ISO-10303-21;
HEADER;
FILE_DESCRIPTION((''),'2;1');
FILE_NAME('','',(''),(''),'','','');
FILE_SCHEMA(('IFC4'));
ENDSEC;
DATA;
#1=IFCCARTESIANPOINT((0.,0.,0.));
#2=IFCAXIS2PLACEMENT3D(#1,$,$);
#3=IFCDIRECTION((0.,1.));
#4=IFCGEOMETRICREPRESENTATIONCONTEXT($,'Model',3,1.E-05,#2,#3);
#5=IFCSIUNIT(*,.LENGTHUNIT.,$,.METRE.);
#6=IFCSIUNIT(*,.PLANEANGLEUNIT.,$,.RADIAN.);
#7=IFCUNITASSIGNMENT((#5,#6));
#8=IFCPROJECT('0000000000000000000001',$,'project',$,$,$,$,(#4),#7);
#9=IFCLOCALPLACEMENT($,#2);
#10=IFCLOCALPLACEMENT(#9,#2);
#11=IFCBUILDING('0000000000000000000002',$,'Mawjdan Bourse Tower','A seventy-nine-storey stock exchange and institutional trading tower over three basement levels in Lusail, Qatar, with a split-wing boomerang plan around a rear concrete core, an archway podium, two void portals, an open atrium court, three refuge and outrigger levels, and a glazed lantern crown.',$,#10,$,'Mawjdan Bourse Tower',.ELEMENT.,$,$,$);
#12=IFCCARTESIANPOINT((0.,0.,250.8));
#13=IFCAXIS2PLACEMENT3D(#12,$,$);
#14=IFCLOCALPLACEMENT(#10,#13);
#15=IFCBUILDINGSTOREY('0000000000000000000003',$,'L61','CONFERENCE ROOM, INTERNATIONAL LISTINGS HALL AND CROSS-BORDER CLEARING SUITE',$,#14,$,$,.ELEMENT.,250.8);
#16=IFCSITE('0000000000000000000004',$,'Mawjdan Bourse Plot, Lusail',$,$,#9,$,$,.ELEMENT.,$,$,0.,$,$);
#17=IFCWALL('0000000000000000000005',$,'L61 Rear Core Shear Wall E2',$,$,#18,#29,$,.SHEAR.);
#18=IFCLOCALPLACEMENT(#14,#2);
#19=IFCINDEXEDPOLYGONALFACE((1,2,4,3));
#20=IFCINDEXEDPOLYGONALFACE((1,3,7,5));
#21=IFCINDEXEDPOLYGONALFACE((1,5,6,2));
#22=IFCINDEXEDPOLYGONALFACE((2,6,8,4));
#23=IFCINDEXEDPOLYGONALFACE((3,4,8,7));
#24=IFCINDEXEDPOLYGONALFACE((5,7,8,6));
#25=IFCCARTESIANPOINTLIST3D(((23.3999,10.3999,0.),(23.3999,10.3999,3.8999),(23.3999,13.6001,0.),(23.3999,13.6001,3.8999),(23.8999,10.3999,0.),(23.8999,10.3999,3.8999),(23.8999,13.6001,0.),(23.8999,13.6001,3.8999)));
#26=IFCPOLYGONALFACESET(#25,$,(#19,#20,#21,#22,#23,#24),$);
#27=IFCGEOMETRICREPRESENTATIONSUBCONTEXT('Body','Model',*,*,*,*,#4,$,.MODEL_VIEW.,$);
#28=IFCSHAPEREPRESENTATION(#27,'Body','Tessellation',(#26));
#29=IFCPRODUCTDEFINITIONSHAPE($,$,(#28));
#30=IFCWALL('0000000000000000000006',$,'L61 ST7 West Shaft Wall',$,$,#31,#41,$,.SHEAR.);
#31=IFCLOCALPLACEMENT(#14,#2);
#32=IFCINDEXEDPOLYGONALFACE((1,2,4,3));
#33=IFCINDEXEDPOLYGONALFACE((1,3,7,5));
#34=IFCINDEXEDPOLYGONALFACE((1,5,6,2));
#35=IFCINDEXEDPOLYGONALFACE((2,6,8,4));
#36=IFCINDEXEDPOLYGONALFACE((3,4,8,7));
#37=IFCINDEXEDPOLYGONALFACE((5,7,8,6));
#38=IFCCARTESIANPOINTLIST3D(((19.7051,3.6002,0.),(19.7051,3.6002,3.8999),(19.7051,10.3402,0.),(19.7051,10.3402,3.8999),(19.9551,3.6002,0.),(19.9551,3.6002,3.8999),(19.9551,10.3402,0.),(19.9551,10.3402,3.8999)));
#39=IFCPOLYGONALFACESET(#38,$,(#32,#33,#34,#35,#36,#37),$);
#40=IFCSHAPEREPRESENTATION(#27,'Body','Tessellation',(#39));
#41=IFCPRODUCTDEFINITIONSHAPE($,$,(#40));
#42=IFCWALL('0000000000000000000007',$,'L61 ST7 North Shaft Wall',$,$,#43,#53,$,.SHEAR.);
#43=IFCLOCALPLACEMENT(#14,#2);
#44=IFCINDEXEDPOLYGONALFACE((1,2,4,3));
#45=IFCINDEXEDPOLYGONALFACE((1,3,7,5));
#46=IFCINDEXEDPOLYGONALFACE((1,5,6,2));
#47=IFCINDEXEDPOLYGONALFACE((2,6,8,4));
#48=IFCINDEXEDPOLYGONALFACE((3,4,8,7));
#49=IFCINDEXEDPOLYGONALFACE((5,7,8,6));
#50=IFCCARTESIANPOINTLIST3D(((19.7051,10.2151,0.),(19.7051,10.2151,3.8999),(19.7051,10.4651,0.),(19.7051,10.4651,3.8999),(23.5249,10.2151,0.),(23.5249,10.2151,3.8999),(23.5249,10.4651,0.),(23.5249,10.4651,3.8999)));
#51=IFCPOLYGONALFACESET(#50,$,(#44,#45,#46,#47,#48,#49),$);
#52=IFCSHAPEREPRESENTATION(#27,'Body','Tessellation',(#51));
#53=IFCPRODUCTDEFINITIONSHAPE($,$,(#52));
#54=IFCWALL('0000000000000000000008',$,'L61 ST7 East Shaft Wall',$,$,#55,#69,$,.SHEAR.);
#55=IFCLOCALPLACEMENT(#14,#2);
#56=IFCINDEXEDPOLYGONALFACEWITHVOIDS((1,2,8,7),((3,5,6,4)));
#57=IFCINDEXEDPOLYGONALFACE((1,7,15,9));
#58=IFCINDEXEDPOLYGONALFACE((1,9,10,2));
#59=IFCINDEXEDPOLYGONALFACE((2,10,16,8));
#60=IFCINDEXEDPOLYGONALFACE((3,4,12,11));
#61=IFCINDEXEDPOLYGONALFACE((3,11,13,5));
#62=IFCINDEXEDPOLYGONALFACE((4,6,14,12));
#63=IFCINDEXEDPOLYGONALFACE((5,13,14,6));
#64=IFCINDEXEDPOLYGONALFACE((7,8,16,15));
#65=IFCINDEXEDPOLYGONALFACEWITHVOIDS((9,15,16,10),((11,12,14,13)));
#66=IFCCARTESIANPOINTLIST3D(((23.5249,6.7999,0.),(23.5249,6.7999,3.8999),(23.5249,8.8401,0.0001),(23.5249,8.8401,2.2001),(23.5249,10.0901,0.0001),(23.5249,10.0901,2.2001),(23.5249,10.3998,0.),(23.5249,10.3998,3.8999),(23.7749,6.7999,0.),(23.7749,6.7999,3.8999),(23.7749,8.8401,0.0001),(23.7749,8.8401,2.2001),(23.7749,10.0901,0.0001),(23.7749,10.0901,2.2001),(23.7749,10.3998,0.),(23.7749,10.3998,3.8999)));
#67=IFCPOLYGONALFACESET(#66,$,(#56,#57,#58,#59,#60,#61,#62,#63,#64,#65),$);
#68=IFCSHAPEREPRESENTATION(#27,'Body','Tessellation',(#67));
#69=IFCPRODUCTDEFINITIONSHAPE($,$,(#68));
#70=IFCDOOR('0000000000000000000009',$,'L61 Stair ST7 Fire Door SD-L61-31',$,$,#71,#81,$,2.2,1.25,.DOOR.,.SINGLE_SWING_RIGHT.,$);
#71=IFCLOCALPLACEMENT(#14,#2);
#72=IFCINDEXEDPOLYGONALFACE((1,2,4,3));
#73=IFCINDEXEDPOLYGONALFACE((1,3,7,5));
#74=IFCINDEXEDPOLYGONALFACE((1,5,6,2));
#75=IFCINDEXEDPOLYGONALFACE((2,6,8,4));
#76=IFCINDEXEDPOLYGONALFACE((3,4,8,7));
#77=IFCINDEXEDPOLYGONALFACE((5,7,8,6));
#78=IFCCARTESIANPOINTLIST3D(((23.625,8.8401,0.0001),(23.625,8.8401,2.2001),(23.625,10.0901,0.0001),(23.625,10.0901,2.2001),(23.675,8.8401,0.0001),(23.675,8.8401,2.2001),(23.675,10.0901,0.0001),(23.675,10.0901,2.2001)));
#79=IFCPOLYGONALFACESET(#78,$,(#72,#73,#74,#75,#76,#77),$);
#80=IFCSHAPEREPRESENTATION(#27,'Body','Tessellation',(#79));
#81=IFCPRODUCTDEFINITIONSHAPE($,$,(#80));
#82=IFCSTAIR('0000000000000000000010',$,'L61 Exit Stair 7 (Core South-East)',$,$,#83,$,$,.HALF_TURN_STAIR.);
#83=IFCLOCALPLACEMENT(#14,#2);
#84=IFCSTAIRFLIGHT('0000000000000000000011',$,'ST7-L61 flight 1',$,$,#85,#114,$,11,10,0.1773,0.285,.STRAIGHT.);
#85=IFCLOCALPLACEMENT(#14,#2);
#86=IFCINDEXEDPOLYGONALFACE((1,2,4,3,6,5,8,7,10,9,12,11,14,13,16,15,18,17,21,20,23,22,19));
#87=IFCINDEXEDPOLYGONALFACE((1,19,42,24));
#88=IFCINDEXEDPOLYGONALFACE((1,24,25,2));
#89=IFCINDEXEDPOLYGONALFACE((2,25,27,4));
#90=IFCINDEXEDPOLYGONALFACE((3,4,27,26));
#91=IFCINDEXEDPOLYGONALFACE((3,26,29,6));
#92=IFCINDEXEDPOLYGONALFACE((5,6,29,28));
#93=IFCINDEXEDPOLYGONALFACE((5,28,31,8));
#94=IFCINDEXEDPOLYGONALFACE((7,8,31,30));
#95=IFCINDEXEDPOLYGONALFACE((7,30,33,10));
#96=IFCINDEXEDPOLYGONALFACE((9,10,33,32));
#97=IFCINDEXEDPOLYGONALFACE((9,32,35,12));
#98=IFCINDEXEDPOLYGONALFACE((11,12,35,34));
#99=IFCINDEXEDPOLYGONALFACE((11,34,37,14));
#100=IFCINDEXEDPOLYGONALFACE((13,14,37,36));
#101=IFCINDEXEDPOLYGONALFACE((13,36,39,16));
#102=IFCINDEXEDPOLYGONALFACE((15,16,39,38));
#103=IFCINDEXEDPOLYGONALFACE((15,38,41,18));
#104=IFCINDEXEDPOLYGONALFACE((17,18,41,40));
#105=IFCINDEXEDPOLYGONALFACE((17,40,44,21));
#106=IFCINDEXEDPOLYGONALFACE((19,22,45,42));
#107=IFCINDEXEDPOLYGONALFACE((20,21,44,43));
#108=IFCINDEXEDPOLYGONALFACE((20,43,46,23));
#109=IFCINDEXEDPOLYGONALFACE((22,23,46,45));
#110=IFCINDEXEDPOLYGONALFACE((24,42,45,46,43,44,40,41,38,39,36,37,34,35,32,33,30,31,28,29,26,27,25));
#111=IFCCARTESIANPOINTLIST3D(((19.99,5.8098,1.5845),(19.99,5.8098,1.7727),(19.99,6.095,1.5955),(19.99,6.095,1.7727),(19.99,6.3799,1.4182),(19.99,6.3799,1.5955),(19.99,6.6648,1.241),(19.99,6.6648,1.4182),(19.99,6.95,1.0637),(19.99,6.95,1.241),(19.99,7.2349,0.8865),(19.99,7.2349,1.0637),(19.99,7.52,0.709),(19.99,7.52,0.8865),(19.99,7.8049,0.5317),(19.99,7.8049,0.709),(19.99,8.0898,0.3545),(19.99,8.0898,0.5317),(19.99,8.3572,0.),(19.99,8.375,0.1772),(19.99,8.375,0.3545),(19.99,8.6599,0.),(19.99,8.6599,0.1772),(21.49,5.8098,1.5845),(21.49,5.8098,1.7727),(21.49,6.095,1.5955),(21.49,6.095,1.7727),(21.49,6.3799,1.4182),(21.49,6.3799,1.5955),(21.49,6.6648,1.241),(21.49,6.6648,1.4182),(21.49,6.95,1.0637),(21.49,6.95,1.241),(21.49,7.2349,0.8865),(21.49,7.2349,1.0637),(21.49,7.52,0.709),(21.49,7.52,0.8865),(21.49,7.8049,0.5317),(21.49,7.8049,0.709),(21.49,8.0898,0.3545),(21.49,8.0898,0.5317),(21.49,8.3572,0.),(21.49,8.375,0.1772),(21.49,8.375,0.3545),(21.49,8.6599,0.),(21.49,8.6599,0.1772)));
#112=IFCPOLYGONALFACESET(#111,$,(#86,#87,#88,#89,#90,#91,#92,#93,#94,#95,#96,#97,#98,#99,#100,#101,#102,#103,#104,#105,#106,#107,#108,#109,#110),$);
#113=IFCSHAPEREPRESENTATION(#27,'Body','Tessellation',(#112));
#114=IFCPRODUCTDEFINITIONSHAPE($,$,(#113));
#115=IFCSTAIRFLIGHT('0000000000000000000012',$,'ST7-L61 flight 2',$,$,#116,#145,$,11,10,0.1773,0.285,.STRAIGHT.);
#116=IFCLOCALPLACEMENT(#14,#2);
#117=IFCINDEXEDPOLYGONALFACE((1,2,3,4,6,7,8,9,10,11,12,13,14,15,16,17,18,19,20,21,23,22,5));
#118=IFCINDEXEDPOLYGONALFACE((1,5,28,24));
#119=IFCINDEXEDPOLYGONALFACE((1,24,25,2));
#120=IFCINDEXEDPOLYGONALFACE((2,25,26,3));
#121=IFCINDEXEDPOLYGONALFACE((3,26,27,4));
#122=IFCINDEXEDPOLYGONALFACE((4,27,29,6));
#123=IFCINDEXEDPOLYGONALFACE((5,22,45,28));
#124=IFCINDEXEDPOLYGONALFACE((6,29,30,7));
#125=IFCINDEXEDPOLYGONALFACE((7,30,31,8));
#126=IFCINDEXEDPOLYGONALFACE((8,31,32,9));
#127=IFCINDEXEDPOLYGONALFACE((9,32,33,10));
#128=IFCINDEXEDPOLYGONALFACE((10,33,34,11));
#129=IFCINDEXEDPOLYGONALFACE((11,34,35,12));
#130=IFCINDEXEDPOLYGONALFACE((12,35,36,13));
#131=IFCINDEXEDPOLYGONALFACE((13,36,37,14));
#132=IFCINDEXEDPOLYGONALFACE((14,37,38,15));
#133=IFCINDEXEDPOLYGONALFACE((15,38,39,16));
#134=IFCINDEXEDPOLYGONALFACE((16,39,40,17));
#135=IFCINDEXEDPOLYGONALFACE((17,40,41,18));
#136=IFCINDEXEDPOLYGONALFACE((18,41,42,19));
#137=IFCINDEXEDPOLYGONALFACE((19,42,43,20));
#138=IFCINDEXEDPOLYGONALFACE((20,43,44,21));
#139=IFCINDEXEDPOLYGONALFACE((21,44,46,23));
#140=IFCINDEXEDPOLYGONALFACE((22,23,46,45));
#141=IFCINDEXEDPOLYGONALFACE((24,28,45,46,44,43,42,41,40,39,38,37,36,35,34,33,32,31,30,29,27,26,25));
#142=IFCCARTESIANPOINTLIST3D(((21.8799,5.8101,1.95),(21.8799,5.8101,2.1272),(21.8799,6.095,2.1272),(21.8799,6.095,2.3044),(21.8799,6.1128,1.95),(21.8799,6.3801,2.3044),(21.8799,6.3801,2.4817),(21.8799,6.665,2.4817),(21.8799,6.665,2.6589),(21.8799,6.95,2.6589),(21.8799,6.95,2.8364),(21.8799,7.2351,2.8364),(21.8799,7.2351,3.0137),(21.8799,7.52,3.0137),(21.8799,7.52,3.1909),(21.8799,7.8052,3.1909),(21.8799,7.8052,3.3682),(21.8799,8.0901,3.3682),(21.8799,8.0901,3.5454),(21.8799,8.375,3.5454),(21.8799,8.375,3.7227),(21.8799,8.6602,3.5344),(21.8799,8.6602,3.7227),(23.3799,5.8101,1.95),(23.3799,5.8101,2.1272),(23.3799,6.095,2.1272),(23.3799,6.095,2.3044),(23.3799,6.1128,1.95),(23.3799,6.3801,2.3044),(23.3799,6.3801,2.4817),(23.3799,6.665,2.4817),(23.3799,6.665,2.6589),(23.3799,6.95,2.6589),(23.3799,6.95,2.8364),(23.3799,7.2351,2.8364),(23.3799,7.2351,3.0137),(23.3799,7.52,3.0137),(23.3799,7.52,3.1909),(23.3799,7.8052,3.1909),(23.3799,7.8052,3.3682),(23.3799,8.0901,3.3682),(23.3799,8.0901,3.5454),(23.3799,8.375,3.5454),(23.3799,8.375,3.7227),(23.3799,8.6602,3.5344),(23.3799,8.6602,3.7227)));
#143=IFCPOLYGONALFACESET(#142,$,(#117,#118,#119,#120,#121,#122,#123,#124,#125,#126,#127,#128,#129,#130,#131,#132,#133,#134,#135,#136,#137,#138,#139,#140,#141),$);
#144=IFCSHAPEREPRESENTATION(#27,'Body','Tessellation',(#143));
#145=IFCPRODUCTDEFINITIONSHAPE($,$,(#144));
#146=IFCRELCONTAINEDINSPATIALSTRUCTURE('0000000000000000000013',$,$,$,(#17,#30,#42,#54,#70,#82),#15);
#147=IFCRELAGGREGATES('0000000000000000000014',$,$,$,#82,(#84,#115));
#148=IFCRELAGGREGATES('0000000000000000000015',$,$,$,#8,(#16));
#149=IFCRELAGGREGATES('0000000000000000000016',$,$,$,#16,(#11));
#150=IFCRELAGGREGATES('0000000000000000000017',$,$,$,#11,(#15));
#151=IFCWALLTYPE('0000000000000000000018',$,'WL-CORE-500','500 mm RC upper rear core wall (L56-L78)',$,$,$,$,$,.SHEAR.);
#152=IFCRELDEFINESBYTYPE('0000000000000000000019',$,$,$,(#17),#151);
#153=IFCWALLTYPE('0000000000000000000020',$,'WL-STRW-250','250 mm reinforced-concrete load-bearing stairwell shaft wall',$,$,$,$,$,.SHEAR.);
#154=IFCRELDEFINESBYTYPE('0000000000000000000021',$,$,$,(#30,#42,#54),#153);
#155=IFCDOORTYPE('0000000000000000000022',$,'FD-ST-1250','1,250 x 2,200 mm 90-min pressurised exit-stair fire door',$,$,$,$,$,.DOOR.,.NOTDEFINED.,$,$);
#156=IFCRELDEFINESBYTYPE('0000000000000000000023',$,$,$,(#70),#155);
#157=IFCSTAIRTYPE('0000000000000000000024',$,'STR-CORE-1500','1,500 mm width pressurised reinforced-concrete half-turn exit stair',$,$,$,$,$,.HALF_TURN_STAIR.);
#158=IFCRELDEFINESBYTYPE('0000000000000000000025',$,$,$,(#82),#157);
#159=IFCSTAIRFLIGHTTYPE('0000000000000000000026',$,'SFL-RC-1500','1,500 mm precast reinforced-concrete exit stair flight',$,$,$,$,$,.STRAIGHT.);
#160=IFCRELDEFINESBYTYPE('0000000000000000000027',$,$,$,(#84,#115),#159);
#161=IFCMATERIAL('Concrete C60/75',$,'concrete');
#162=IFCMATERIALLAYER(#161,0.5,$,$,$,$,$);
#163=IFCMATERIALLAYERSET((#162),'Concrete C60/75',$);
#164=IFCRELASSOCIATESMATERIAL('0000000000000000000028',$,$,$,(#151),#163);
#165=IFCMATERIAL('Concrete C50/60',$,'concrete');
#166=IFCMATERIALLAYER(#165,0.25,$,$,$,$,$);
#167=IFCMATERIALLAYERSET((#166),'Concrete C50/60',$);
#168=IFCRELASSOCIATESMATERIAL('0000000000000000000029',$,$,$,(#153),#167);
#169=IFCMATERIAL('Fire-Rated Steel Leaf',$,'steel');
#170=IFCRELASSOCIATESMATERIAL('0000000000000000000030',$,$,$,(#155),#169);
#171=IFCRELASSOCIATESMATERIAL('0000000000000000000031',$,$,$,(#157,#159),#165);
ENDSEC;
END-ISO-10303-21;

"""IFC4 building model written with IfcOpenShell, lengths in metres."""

from ifc_helpers import new_model, si_unit, direction, frame, frame_2d, origin, place, context, subcontext, project, spatial, polyline, rectangle, outline, extrude, material, layer, layer_set, type_object, element, fill, aggregate, save


model = new_model("IFC4")

# Units and contexts
model_context = context("Model", 3, precision=1e-05, world=origin(), true_north=direction((0.0, 1.0)))
body_context = subcontext(model_context, "Body", "Model", "MODEL_VIEW")
ifc_project = project(units=[si_unit("LENGTHUNIT", "METRE"), si_unit("PLANEANGLEUNIT", "RADIAN")], contexts=[model_context])

# Site, building, storey
site_placement = place(None, origin())
site = spatial("IfcSite", under=ifc_project, at=site_placement, Name="Mawjdan Bourse Plot, Lusail", CompositionType="ELEMENT", RefElevation=0.0)
building_placement = place(site_placement, origin())
building = spatial("IfcBuilding", under=site, at=building_placement, Name="Mawjdan Bourse Tower", Description="A seventy-nine-storey stock exchange and institutional trading tower over three basement levels in Lusail, Qatar, with a split-wing boomerang plan around a rear concrete core, an archway podium, two void portals, an open atrium court, three refuge and outrigger levels, and a glazed lantern crown.", LongName="Mawjdan Bourse Tower", CompositionType="ELEMENT")
storey_placement = place(building_placement, frame((0.0, 0.0, 250.8)))
storey = spatial("IfcBuildingStorey", under=building, at=storey_placement, Name="L61", Description="CONFERENCE ROOM, INTERNATIONAL LISTINGS HALL AND CROSS-BORDER CLEARING SUITE", CompositionType="ELEMENT", Elevation=250.8)

# Shared definitions
ifc_material_1 = material(Name="Concrete C60/75", Category="concrete")

# Walls
ifc_layer_1 = layer(ifc_material_1, 0.5)
ifc_layer_set_1 = layer_set([ifc_layer_1], Name="Concrete C60/75")
wall_type_1 = type_object("IfcWallType", Name="WL-CORE-500", Description="500 mm RC upper rear core wall (L56-L78)", PredefinedType="SHEAR", material=ifc_layer_set_1)
wall_1_placement = place(storey_placement, frame((23.6499, 10.3999, 0.0), z_axis=(0.0, 0.0, 1.0), x_axis=(0.0, 1.0, 0.0)))
element("IfcWall", 1, at=wall_1_placement, inside=storey, type_object=wall_type_1, Name="L61 Rear Core Shear Wall E2", PredefinedType="SHEAR", context=body_context, shape_type="SweptSolid", body=[
    extrude(rectangle(XDim=3.2002, YDim=0.5, at=frame_2d((1.6001, 0.0))), origin(), (0.0, 0.0, 1.0), 3.8999),
])
ifc_material_2 = material(Name="Concrete C50/60", Category="concrete")
ifc_layer_2 = layer(ifc_material_2, 0.25)
ifc_layer_set_2 = layer_set([ifc_layer_2], Name="Concrete C50/60")
wall_type_2 = type_object("IfcWallType", Name="WL-STRW-250", Description="250 mm reinforced-concrete load-bearing stairwell shaft wall", PredefinedType="SHEAR", material=ifc_layer_set_2)
wall_2_placement = place(storey_placement, frame((19.8301, 3.6001, 0.0), z_axis=(0.0, 0.0, 1.0), x_axis=(0.0, 1.0, 0.0)))
element("IfcWall", 2, at=wall_2_placement, inside=storey, type_object=wall_type_2, Name="L61 ST7 West Shaft Wall", PredefinedType="SHEAR", context=body_context, shape_type="SweptSolid", body=[
    extrude(rectangle(XDim=6.74, YDim=0.25, at=frame_2d((3.3701, 0.0))), origin(), (0.0, 0.0, 1.0), 3.8999),
])
wall_3_placement = place(storey_placement, frame((19.7051, 10.3401, 0.0), z_axis=(0.0, 0.0, 1.0), x_axis=(1.0, 0.0, 0.0)))
element("IfcWall", 3, at=wall_3_placement, inside=storey, type_object=wall_type_2, Name="L61 ST7 North Shaft Wall", PredefinedType="SHEAR", context=body_context, shape_type="SweptSolid", body=[
    extrude(rectangle(XDim=3.8198, YDim=0.25, at=frame_2d((1.9099, 0.0))), origin(), (0.0, 0.0, 1.0), 3.8999),
])

# Wall, opening, door
wall_4_placement = place(storey_placement, frame((23.6499, 6.8, 0.0), z_axis=(0.0, 0.0, 1.0), x_axis=(0.0, 1.0, 0.0)))
wall_4 = element("IfcWall", 4, at=wall_4_placement, inside=storey, type_object=wall_type_2, Name="L61 ST7 East Shaft Wall", PredefinedType="SHEAR", context=body_context, shape_type="SweptSolid", body=[
    extrude(rectangle(XDim=3.5999, YDim=0.25, at=frame_2d((1.7998, 0.0))), origin(), (0.0, 0.0, 1.0), 3.8999),
])
opening_1_placement = place(wall_4_placement, frame((2.04, 0.0, 0.0)))
opening_1 = element("IfcOpeningElement", 5, at=opening_1_placement, cuts=wall_4, PredefinedType="OPENING", context=body_context, shape_type="SweptSolid", body=[
    extrude(rectangle(XDim=1.25, YDim=2.2, at=frame_2d((0.625, 1.1001))), frame((0.0, 0.135, 0.0), z_axis=(0.0, -1.0, 0.0), x_axis=(1.0, 0.0, 0.0)), (0.0, 0.0, 1.0), 0.27),
])
ifc_material_3 = material(Name="Fire-Rated Steel Leaf", Category="steel")
door_type_1 = type_object("IfcDoorType", Name="FD-ST-1250", Description="1,250 x 2,200 mm 90-min pressurised exit-stair fire door", OperationType="NOTDEFINED", PredefinedType="DOOR", material=ifc_material_3)
door_1_placement = place(opening_1_placement, origin())
door_1 = element("IfcDoor", 6, at=door_1_placement, inside=storey, type_object=door_type_1, Name="L61 Stair ST7 Fire Door SD-L61-31", OperationType="SINGLE_SWING_RIGHT", OverallHeight=2.2, OverallWidth=1.25, PredefinedType="DOOR", context=body_context, shape_type="SweptSolid", body=[
    extrude(rectangle(XDim=1.25, YDim=2.2, at=frame_2d((0.625, 1.1001))), frame((0.0, 0.0249, 0.0), z_axis=(0.0, -1.0, 0.0), x_axis=(1.0, 0.0, 0.0)), (0.0, 0.0, 1.0), 0.05),
])
fill(opening_1, door_1)

# Stair, stair flights
stair_type = type_object("IfcStairType", Name="STR-CORE-1500", Description="1,500 mm width pressurised reinforced-concrete half-turn exit stair", PredefinedType="HALF_TURN_STAIR", material=ifc_material_2)
stair_placement = place(storey_placement, origin())
stair = element("IfcStair", 7, at=stair_placement, inside=storey, type_object=stair_type, Name="L61 Exit Stair 7 (Core South-East)", PredefinedType="HALF_TURN_STAIR")
stair_flight_type = type_object("IfcStairFlightType", Name="SFL-RC-1500", Description="1,500 mm precast reinforced-concrete exit stair flight", PredefinedType="STRAIGHT", material=ifc_material_2)
stair_flight_1_placement = place(storey_placement, frame((20.74, 8.6599, 0.0), z_axis=(0.0, 0.0, 1.0), x_axis=(0.0, -1.0, 0.0)))
stair_flight_1 = element("IfcStairFlight", 8, at=stair_flight_1_placement, type_object=stair_flight_type, Name="ST7-L61 flight 1", NumberOfRisers=11, NumberOfTreads=10, PredefinedType="STRAIGHT", RiserHeight=0.1773, TreadLength=0.285, context=body_context, shape_type="SweptSolid", body=[
    extrude(outline(polyline([(0.0, 0.0), (0.0, 0.1772), (0.2849, 0.1772), (0.2849, 0.3545), (0.5701, 0.3545), (0.5701, 0.5317), (0.855, 0.5317), (0.855, 0.709), (1.1399, 0.709), (1.1399, 0.8865), (1.425, 0.8865), (1.425, 1.0637), (1.71, 1.0637), (1.71, 1.241), (1.9951, 1.241), (1.9951, 1.4182), (2.28, 1.4182), (2.28, 1.5955), (2.5649, 1.5955), (2.5649, 1.7727), (2.8501, 1.7727), (2.8501, 1.95), (2.8501, 1.5845), (0.3027, 0.0), (0.0, 0.0)])), frame((0.0, 0.75, 0.0), z_axis=(0.0, -1.0, 0.0), x_axis=(1.0, 0.0, 0.0)), (0.0, 0.0, 1.0), 1.5),
])
stair_flight_2_placement = place(storey_placement, frame((22.6299, 5.8101, 1.95), z_axis=(0.0, 0.0, 1.0), x_axis=(0.0, 1.0, 0.0)))
stair_flight_2 = element("IfcStairFlight", 9, at=stair_flight_2_placement, type_object=stair_flight_type, Name="ST7-L61 flight 2", NumberOfRisers=11, NumberOfTreads=10, PredefinedType="STRAIGHT", RiserHeight=0.1773, TreadLength=0.285, context=body_context, shape_type="SweptSolid", body=[
    extrude(outline(polyline([(0.0, 0.0), (0.0, 0.1772), (0.2849, 0.1772), (0.2849, 0.3545), (0.5701, 0.3545), (0.5701, 0.5317), (0.855, 0.5317), (0.855, 0.709), (1.1399, 0.709), (1.1399, 0.8865), (1.425, 0.8865), (1.425, 1.0637), (1.71, 1.0637), (1.71, 1.241), (1.9951, 1.241), (1.9951, 1.4182), (2.28, 1.4182), (2.28, 1.5955), (2.5649, 1.5955), (2.5649, 1.7727), (2.8501, 1.7727), (2.8501, 1.95), (2.8501, 1.5845), (0.3027, 0.0), (0.0, 0.0)])), frame((0.0, 0.75, 0.0), z_axis=(0.0, -1.0, 0.0), x_axis=(1.0, 0.0, 0.0)), (0.0, 0.0, 1.0), 1.5),
])
aggregate(stair, [stair_flight_1, stair_flight_2])

save(model, "model.ifc")
